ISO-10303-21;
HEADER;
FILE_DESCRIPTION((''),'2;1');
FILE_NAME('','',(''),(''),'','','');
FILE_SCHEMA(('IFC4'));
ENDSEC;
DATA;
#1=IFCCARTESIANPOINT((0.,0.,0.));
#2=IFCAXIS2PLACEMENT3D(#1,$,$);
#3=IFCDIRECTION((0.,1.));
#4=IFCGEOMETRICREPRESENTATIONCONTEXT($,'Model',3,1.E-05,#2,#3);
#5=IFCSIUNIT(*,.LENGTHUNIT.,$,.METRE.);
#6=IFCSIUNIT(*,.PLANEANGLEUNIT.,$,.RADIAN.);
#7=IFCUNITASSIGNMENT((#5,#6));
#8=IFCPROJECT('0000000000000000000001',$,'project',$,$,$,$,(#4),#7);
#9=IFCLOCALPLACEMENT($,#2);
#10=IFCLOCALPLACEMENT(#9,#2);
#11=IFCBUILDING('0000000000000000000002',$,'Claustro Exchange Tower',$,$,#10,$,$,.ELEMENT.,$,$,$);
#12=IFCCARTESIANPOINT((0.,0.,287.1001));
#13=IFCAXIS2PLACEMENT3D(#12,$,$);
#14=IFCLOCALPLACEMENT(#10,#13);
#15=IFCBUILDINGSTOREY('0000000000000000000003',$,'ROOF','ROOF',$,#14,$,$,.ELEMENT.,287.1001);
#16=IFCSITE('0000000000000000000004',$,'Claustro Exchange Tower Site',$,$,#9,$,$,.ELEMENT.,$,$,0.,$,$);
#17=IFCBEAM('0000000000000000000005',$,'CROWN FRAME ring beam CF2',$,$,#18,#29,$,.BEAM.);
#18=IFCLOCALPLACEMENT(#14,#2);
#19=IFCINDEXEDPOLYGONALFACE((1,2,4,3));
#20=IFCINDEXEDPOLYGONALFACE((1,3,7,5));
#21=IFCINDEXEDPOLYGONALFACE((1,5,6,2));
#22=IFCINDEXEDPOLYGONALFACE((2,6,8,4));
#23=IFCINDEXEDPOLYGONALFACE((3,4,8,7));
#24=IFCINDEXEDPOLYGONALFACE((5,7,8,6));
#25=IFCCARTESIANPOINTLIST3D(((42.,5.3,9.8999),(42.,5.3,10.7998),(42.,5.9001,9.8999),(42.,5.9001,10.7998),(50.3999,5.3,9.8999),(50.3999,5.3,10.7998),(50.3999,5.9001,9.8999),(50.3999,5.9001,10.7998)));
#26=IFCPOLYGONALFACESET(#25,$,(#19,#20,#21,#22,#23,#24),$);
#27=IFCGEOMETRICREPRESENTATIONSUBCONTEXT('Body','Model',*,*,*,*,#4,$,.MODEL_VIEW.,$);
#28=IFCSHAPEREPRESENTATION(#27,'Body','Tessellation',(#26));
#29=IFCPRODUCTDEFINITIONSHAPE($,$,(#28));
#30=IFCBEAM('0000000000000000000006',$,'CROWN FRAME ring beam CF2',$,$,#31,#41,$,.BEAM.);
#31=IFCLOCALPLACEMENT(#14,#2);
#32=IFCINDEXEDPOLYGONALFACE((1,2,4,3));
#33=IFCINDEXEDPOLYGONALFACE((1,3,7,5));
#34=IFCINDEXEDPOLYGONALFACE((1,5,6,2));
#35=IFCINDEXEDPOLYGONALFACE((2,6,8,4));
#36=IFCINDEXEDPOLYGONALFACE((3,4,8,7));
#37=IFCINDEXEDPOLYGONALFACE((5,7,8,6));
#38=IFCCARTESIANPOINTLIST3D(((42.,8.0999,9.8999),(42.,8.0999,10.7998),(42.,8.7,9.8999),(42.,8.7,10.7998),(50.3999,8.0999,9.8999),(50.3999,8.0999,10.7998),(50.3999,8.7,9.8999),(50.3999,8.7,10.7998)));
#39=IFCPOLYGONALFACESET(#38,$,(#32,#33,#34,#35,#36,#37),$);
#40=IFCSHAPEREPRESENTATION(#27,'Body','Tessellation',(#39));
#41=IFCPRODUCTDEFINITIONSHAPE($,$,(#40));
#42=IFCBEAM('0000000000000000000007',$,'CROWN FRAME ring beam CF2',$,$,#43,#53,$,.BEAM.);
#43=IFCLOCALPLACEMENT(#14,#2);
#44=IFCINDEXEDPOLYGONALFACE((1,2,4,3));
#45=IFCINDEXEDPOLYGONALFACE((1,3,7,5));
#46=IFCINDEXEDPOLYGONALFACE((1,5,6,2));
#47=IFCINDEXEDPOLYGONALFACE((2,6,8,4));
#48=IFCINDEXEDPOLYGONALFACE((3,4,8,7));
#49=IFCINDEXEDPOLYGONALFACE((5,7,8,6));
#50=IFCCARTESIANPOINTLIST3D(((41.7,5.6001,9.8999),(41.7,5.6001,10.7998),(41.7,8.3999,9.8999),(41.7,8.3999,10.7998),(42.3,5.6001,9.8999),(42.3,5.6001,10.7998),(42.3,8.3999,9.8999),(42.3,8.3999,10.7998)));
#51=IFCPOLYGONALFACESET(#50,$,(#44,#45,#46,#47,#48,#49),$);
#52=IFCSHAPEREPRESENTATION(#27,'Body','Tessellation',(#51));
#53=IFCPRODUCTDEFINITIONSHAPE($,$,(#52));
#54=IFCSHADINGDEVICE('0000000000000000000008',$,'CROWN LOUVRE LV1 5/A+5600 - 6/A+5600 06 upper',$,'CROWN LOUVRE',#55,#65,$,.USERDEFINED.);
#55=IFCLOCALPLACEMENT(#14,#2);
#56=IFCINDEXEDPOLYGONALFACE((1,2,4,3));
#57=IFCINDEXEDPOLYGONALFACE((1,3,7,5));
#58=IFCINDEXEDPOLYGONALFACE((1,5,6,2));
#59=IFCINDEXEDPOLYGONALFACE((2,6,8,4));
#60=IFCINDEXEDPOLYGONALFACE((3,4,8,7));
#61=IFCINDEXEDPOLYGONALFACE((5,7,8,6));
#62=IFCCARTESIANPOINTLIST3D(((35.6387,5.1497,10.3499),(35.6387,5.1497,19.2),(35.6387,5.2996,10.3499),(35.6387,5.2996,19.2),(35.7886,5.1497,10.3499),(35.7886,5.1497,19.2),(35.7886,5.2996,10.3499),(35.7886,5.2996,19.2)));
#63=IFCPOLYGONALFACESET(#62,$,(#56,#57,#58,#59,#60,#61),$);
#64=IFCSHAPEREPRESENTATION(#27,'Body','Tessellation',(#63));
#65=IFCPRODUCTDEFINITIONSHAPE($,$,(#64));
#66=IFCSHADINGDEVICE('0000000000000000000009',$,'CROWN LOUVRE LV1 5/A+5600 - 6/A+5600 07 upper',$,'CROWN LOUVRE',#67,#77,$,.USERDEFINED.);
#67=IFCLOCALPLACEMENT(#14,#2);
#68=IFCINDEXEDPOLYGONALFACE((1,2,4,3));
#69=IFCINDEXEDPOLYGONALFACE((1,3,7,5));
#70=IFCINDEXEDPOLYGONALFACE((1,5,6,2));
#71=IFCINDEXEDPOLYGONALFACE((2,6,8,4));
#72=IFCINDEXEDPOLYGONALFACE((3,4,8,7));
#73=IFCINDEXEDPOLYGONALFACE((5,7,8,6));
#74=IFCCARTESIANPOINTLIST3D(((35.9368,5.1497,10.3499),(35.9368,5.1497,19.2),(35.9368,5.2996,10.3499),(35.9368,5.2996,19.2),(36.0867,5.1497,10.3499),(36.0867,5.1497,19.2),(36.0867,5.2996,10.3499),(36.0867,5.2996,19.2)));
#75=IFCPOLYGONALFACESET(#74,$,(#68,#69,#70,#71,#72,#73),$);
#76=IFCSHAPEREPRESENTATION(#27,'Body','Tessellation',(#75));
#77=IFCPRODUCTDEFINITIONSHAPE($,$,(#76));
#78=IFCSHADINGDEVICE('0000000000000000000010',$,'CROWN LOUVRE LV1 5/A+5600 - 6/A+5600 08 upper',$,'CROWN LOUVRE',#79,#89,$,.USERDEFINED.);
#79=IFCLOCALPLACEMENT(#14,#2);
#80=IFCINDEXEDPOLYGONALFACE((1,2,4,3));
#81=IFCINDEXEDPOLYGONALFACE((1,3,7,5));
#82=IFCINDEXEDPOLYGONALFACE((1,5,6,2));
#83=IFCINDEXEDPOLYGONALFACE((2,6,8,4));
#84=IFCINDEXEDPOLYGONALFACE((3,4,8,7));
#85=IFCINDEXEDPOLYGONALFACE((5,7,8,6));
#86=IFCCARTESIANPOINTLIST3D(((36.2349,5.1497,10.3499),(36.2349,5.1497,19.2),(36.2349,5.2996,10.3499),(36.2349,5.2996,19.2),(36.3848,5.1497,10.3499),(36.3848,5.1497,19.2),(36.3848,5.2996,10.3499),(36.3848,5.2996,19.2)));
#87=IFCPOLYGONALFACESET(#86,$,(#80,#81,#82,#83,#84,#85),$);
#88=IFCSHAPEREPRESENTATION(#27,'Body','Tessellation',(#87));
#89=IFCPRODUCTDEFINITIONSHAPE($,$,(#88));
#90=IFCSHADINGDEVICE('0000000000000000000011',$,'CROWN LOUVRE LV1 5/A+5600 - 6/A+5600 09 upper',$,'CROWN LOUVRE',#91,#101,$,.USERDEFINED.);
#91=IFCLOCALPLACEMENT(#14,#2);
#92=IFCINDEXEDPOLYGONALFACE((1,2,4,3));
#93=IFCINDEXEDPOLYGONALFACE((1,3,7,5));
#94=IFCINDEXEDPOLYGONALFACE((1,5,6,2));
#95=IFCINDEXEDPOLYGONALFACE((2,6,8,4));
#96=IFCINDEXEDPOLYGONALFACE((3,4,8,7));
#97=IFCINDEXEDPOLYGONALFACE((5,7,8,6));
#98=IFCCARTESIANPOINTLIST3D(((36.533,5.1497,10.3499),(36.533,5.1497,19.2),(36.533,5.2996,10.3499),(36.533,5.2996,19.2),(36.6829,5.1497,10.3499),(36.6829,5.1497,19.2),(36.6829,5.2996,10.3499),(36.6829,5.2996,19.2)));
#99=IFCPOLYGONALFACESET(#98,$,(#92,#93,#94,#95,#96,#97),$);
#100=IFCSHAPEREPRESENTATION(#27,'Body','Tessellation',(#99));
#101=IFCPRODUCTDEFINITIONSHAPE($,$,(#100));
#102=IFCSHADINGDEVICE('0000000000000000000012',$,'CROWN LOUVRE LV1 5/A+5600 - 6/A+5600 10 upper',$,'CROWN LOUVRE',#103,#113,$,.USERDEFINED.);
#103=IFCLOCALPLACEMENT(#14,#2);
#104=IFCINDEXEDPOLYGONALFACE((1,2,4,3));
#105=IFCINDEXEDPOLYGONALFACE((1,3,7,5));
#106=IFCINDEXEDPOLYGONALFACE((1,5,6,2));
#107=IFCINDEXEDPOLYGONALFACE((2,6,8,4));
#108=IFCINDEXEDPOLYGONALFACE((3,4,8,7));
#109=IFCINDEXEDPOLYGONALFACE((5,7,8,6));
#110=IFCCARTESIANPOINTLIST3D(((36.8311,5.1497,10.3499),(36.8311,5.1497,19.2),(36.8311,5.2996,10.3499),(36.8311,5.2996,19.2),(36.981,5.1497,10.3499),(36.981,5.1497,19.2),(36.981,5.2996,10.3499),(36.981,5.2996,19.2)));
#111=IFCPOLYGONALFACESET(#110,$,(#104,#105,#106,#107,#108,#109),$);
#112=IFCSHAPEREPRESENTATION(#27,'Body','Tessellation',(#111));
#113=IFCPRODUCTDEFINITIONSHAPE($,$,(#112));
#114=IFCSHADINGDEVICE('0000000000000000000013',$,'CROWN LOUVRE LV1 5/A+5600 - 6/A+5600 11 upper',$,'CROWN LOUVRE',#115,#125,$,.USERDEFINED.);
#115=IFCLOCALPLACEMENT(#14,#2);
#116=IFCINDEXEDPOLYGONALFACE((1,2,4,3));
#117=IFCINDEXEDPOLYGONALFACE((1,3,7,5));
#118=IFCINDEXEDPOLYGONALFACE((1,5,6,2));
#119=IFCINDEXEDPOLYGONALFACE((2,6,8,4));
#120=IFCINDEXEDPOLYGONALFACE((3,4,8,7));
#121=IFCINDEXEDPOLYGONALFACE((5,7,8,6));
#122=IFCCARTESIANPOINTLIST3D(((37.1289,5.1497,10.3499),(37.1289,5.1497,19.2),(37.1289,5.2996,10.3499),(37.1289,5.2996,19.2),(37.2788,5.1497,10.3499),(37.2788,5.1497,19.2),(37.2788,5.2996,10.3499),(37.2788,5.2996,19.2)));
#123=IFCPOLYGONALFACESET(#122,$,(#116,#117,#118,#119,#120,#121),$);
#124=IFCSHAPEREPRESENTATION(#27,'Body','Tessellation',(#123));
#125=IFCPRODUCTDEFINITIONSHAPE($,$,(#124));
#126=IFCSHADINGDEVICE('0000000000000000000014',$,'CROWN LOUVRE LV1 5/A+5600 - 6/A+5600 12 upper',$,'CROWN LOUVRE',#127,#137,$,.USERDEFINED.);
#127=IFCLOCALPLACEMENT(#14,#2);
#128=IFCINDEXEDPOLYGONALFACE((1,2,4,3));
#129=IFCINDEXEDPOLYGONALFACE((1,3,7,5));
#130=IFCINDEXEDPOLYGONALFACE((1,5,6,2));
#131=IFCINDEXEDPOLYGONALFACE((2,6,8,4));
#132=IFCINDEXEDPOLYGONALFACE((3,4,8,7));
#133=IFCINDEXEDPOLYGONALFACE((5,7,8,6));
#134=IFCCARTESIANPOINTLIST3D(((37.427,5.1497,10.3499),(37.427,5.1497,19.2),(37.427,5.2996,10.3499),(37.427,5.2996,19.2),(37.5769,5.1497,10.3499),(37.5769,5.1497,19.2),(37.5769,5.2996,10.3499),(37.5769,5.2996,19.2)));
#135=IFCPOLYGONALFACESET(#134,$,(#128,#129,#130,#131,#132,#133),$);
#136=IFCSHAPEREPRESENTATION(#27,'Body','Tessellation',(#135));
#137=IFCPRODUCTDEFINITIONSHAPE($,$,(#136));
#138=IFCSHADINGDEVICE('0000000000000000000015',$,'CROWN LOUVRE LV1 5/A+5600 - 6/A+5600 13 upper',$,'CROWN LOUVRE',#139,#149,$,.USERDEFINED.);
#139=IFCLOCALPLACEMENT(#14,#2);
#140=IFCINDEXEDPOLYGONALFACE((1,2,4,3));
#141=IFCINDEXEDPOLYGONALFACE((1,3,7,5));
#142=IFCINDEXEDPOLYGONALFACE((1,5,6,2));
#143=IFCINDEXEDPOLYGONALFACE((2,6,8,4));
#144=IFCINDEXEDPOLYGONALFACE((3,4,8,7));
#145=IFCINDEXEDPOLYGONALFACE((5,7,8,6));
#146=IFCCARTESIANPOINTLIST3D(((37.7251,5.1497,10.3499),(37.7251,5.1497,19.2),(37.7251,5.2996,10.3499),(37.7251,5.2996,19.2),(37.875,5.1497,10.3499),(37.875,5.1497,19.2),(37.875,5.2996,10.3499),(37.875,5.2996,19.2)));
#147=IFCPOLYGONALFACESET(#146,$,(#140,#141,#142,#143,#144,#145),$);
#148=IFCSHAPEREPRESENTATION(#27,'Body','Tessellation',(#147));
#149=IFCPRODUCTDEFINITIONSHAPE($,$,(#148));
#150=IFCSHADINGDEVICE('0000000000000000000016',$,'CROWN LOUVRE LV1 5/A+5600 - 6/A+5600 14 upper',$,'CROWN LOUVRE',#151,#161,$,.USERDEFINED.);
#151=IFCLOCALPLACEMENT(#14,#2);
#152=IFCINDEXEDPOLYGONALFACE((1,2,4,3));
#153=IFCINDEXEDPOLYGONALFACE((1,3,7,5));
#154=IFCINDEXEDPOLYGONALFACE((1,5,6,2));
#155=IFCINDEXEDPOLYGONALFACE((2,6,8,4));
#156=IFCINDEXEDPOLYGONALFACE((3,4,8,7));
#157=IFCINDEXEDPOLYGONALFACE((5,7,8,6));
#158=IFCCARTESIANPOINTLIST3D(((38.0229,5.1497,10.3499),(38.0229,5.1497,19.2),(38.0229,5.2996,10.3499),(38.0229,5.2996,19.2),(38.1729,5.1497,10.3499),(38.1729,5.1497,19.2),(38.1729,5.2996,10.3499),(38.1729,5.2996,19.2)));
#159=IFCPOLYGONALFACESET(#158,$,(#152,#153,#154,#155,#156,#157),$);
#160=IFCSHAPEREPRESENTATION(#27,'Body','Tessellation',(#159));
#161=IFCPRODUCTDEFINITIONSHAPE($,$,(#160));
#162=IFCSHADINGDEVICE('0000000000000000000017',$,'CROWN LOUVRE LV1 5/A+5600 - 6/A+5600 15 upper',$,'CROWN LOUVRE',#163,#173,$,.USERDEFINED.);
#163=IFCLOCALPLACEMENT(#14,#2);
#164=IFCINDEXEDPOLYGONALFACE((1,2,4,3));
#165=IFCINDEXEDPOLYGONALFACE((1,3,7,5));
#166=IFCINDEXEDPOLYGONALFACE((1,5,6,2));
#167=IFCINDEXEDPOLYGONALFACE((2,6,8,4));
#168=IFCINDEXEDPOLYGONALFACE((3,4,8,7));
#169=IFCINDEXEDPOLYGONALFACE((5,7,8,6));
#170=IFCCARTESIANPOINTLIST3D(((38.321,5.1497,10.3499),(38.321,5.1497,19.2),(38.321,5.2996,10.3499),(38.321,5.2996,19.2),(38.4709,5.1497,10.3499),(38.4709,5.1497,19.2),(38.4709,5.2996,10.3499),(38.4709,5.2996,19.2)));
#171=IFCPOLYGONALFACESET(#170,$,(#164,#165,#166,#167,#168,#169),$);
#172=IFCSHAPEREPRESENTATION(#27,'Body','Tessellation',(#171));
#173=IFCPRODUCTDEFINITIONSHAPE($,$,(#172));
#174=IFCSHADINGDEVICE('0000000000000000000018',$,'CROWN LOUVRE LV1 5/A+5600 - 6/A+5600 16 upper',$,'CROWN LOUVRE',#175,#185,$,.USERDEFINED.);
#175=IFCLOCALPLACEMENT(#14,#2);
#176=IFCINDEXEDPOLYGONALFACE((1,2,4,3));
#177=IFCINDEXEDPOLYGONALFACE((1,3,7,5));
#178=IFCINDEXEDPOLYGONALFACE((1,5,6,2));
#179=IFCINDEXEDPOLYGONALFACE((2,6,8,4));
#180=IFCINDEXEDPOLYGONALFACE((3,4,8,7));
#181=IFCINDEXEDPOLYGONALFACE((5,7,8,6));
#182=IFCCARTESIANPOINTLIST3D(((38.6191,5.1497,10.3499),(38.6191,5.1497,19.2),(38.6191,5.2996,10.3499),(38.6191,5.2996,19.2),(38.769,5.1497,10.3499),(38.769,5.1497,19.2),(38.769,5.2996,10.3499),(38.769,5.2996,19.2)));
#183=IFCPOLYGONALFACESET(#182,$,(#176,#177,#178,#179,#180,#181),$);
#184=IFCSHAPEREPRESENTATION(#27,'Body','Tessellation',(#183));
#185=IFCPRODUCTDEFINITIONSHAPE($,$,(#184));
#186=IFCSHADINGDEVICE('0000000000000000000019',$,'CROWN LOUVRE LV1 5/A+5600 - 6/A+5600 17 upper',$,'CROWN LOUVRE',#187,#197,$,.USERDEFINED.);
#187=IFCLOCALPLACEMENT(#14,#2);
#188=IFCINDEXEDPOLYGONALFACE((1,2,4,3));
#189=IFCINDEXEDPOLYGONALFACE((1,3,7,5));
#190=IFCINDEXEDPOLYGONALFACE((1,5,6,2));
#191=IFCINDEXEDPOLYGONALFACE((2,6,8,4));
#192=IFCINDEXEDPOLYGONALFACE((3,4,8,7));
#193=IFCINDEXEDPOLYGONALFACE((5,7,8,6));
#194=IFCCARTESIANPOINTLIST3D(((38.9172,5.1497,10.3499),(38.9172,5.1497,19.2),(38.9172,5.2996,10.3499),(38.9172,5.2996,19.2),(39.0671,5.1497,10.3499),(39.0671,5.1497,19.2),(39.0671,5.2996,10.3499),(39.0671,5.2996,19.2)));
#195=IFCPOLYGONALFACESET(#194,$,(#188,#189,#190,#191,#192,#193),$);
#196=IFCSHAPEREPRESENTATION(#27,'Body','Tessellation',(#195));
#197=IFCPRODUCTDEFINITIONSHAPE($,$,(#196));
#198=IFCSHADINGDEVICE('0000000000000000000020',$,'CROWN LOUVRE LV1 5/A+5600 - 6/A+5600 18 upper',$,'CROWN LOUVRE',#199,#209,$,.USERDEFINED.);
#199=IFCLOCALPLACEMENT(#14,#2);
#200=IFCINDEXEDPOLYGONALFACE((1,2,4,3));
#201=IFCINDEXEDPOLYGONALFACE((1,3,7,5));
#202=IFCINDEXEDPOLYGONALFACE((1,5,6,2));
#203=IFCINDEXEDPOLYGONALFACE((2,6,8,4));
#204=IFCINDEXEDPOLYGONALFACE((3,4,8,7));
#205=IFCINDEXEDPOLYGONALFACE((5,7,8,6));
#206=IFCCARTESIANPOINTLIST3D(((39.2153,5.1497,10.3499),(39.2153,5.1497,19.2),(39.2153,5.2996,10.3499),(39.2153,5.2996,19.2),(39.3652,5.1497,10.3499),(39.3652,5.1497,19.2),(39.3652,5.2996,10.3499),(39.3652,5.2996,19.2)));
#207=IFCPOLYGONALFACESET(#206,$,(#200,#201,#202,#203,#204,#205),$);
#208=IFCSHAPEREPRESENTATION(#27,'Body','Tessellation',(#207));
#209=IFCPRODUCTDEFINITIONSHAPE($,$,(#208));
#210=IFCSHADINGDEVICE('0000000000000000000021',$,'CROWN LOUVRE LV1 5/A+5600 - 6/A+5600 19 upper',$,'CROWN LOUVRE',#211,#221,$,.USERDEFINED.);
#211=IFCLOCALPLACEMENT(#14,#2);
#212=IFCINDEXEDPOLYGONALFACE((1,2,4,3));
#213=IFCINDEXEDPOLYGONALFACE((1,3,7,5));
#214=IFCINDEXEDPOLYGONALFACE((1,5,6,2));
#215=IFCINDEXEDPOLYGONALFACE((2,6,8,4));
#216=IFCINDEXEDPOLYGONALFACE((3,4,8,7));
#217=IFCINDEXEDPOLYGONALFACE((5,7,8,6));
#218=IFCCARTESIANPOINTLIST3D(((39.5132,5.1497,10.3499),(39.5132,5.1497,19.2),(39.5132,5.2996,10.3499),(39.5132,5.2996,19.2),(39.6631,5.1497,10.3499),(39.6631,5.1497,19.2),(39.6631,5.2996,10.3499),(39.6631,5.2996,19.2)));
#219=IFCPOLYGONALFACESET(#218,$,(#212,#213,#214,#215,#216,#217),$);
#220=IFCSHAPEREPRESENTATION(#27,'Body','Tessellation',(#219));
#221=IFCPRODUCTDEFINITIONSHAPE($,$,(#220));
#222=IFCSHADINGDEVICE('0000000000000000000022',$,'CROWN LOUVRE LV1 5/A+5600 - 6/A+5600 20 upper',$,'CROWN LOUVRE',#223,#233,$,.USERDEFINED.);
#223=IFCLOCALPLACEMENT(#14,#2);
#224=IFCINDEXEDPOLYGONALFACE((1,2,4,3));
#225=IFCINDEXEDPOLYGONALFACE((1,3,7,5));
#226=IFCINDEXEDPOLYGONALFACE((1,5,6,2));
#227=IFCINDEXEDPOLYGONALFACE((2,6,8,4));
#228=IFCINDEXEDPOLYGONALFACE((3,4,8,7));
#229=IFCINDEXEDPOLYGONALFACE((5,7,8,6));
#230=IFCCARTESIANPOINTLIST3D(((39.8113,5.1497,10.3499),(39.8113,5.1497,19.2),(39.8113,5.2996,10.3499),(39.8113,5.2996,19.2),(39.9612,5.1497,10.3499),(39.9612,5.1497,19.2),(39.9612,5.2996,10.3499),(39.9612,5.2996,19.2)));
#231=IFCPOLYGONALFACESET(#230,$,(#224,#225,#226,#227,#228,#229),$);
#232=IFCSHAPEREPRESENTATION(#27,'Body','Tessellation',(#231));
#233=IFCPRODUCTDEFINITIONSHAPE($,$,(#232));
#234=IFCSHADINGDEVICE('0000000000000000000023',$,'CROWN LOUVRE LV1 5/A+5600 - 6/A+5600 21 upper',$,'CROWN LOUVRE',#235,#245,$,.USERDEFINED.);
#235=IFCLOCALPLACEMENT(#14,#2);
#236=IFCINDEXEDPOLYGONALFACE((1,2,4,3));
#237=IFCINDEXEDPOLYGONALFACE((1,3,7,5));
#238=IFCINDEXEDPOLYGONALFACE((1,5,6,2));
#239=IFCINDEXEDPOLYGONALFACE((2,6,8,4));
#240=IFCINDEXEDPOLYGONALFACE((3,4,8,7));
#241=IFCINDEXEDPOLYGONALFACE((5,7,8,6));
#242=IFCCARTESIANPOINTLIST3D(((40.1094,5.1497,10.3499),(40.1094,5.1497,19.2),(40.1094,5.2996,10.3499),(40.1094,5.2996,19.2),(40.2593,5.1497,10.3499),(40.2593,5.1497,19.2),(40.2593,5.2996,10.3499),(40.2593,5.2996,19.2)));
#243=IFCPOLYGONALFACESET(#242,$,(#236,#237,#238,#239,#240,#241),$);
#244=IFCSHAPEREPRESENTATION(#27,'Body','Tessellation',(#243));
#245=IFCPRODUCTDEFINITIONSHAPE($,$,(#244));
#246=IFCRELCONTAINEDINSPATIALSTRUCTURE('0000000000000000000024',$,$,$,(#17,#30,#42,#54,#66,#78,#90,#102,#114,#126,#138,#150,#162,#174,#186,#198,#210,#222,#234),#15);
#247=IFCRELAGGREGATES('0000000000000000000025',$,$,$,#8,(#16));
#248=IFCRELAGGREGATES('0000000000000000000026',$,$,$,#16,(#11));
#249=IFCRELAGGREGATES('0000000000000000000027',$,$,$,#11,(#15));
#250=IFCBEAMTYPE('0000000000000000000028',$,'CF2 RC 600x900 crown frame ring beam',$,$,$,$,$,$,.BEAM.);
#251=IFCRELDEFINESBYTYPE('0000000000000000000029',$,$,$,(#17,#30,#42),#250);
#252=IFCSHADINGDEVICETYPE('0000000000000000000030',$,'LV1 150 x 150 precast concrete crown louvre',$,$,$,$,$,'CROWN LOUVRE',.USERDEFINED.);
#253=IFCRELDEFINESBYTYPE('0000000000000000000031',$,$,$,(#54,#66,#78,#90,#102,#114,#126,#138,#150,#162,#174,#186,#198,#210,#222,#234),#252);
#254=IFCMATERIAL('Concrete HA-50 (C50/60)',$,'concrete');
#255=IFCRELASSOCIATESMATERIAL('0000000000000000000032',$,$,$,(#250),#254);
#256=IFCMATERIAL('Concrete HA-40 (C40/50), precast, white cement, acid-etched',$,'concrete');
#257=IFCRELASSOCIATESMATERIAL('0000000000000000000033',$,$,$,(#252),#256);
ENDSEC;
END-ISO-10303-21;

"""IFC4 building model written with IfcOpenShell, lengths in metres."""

from ifc_helpers import new_model, si_unit, direction, frame, origin, origin_2d, place, context, subcontext, project, spatial, rectangle, extrude, material, material_profile, profile_set, type_object, element, save


model = new_model("IFC4")

# Units and contexts
model_context = context("Model", 3, precision=1e-05, world=origin(), true_north=direction((0.0, 1.0)))
body_context = subcontext(model_context, "Body", "Model", "MODEL_VIEW")
ifc_project = project(units=[si_unit("LENGTHUNIT", "METRE"), si_unit("PLANEANGLEUNIT", "RADIAN")], contexts=[model_context])

# Site, building, storey
site_placement = place(None, origin())
site = spatial("IfcSite", under=ifc_project, at=site_placement, Name="Claustro Exchange Tower Site", CompositionType="ELEMENT", RefElevation=0.0)
building_placement = place(site_placement, origin())
building = spatial("IfcBuilding", under=site, at=building_placement, Name="Claustro Exchange Tower", CompositionType="ELEMENT")
storey_placement = place(building_placement, frame((0.0, 0.0, 287.1001)))
storey = spatial("IfcBuildingStorey", under=building, at=storey_placement, Name="ROOF", Description="ROOF", CompositionType="ELEMENT", Elevation=287.1001)

# Beams
ifc_material_1 = material(Name="Concrete HA-50 (C50/60)", Category="concrete")
ifc_material_profile = material_profile(ifc_material_1, rectangle(XDim=0.6001, YDim=0.8999, at=origin_2d()), Name="RC 600x900")
ifc_profile_set = profile_set([ifc_material_profile], Name="Concrete HA-50 (C50/60)")
beam_type = type_object("IfcBeamType", Name="CF2 RC 600x900 crown frame ring beam", PredefinedType="BEAM", material=ifc_profile_set)
for number, where, z_axis, x_axis, name in (
    (1, (42.0, 5.6001, 10.3499), (1.0, 0.0, 0.0), (0.0, 1.0, 0.0), "CROWN FRAME ring beam CF2"),
    (2, (42.0, 8.3999, 10.3499), (1.0, 0.0, 0.0), (0.0, 1.0, 0.0), "CROWN FRAME ring beam CF2"),
):
    element("IfcBeam", number, at=place(storey_placement, frame(where, z_axis=z_axis, x_axis=x_axis)), inside=storey, type_object=beam_type, Name=name, PredefinedType="BEAM", context=body_context, shape_type="SweptSolid", body=[
        extrude(rectangle(XDim=0.6001, YDim=0.8999, at=origin_2d()), origin(), (0.0, 0.0, 1.0), 8.3999),
    ])
beam_placement = place(storey_placement, frame((42.0, 5.6001, 10.3499), z_axis=(0.0, 1.0, 0.0), x_axis=(-1.0, 0.0, 0.0)))
element("IfcBeam", 3, at=beam_placement, inside=storey, type_object=beam_type, Name="CROWN FRAME ring beam CF2", PredefinedType="BEAM", context=body_context, shape_type="SweptSolid", body=[
    extrude(rectangle(XDim=0.6001, YDim=0.8999, at=origin_2d()), origin(), (0.0, 0.0, 1.0), 2.7998),
])

# Shading devices
ifc_material_2 = material(Name="Concrete HA-40 (C40/50), precast, white cement, acid-etched", Category="concrete")
shading_device_type = type_object("IfcShadingDeviceType", Name="LV1 150 x 150 precast concrete crown louvre", ElementType="CROWN LOUVRE", PredefinedType="USERDEFINED", material=ifc_material_2)
for number, where, z_axis, x_axis, name in (
    (4, (35.7136, 5.2246, 10.3499), (0.0, 0.0, 1.0), (1.0, 0.0, 0.0), "CROWN LOUVRE LV1 5/A+5600 - 6/A+5600 06 upper"),
    (5, (36.0117, 5.2246, 10.3499), (0.0, 0.0, 1.0), (1.0, 0.0, 0.0), "CROWN LOUVRE LV1 5/A+5600 - 6/A+5600 07 upper"),
    (6, (36.3098, 5.2246, 10.3499), (0.0, 0.0, 1.0), (1.0, 0.0, 0.0), "CROWN LOUVRE LV1 5/A+5600 - 6/A+5600 08 upper"),
    (7, (36.6079, 5.2246, 10.3499), (0.0, 0.0, 1.0), (1.0, 0.0, 0.0), "CROWN LOUVRE LV1 5/A+5600 - 6/A+5600 09 upper"),
    (8, (36.906, 5.2246, 10.3499), (0.0, 0.0, 1.0), (1.0, 0.0, 0.0), "CROWN LOUVRE LV1 5/A+5600 - 6/A+5600 10 upper"),
    (9, (37.2039, 5.2246, 10.3499), (0.0, 0.0, 1.0), (1.0, 0.0, 0.0), "CROWN LOUVRE LV1 5/A+5600 - 6/A+5600 11 upper"),
    (10, (37.502, 5.2246, 10.3499), (0.0, 0.0, 1.0), (1.0, 0.0, 0.0), "CROWN LOUVRE LV1 5/A+5600 - 6/A+5600 12 upper"),
    (11, (37.8, 5.2246, 10.3499), (0.0, 0.0, 1.0), (1.0, 0.0, 0.0), "CROWN LOUVRE LV1 5/A+5600 - 6/A+5600 13 upper"),
    (12, (38.0979, 5.2246, 10.3499), (0.0, 0.0, 1.0), (1.0, 0.0, 0.0), "CROWN LOUVRE LV1 5/A+5600 - 6/A+5600 14 upper"),
    (13, (38.396, 5.2246, 10.3499), (0.0, 0.0, 1.0), (1.0, 0.0, 0.0), "CROWN LOUVRE LV1 5/A+5600 - 6/A+5600 15 upper"),
    (14, (38.6941, 5.2246, 10.3499), (0.0, 0.0, 1.0), (1.0, 0.0, 0.0), "CROWN LOUVRE LV1 5/A+5600 - 6/A+5600 16 upper"),
    (15, (38.9922, 5.2246, 10.3499), (0.0, 0.0, 1.0), (1.0, 0.0, 0.0), "CROWN LOUVRE LV1 5/A+5600 - 6/A+5600 17 upper"),
    (16, (39.2903, 5.2246, 10.3499), (0.0, 0.0, 1.0), (1.0, 0.0, 0.0), "CROWN LOUVRE LV1 5/A+5600 - 6/A+5600 18 upper"),
    (17, (39.5881, 5.2246, 10.3499), (0.0, 0.0, 1.0), (1.0, 0.0, 0.0), "CROWN LOUVRE LV1 5/A+5600 - 6/A+5600 19 upper"),
    (18, (39.8862, 5.2246, 10.3499), (0.0, 0.0, 1.0), (1.0, 0.0, 0.0), "CROWN LOUVRE LV1 5/A+5600 - 6/A+5600 20 upper"),
    (19, (40.1843, 5.2246, 10.3499), (0.0, 0.0, 1.0), (1.0, 0.0, 0.0), "CROWN LOUVRE LV1 5/A+5600 - 6/A+5600 21 upper"),
):
    element("IfcShadingDevice", number, at=place(storey_placement, frame(where, z_axis=z_axis, x_axis=x_axis)), inside=storey, type_object=shading_device_type, Name=name, ObjectType="CROWN LOUVRE", PredefinedType="USERDEFINED", context=body_context, shape_type="SweptSolid", body=[
        extrude(rectangle(XDim=0.1499, YDim=0.1499, at=origin_2d()), origin(), (0.0, 0.0, 1.0), 8.8501),
    ])

save(model, "model.ifc")
